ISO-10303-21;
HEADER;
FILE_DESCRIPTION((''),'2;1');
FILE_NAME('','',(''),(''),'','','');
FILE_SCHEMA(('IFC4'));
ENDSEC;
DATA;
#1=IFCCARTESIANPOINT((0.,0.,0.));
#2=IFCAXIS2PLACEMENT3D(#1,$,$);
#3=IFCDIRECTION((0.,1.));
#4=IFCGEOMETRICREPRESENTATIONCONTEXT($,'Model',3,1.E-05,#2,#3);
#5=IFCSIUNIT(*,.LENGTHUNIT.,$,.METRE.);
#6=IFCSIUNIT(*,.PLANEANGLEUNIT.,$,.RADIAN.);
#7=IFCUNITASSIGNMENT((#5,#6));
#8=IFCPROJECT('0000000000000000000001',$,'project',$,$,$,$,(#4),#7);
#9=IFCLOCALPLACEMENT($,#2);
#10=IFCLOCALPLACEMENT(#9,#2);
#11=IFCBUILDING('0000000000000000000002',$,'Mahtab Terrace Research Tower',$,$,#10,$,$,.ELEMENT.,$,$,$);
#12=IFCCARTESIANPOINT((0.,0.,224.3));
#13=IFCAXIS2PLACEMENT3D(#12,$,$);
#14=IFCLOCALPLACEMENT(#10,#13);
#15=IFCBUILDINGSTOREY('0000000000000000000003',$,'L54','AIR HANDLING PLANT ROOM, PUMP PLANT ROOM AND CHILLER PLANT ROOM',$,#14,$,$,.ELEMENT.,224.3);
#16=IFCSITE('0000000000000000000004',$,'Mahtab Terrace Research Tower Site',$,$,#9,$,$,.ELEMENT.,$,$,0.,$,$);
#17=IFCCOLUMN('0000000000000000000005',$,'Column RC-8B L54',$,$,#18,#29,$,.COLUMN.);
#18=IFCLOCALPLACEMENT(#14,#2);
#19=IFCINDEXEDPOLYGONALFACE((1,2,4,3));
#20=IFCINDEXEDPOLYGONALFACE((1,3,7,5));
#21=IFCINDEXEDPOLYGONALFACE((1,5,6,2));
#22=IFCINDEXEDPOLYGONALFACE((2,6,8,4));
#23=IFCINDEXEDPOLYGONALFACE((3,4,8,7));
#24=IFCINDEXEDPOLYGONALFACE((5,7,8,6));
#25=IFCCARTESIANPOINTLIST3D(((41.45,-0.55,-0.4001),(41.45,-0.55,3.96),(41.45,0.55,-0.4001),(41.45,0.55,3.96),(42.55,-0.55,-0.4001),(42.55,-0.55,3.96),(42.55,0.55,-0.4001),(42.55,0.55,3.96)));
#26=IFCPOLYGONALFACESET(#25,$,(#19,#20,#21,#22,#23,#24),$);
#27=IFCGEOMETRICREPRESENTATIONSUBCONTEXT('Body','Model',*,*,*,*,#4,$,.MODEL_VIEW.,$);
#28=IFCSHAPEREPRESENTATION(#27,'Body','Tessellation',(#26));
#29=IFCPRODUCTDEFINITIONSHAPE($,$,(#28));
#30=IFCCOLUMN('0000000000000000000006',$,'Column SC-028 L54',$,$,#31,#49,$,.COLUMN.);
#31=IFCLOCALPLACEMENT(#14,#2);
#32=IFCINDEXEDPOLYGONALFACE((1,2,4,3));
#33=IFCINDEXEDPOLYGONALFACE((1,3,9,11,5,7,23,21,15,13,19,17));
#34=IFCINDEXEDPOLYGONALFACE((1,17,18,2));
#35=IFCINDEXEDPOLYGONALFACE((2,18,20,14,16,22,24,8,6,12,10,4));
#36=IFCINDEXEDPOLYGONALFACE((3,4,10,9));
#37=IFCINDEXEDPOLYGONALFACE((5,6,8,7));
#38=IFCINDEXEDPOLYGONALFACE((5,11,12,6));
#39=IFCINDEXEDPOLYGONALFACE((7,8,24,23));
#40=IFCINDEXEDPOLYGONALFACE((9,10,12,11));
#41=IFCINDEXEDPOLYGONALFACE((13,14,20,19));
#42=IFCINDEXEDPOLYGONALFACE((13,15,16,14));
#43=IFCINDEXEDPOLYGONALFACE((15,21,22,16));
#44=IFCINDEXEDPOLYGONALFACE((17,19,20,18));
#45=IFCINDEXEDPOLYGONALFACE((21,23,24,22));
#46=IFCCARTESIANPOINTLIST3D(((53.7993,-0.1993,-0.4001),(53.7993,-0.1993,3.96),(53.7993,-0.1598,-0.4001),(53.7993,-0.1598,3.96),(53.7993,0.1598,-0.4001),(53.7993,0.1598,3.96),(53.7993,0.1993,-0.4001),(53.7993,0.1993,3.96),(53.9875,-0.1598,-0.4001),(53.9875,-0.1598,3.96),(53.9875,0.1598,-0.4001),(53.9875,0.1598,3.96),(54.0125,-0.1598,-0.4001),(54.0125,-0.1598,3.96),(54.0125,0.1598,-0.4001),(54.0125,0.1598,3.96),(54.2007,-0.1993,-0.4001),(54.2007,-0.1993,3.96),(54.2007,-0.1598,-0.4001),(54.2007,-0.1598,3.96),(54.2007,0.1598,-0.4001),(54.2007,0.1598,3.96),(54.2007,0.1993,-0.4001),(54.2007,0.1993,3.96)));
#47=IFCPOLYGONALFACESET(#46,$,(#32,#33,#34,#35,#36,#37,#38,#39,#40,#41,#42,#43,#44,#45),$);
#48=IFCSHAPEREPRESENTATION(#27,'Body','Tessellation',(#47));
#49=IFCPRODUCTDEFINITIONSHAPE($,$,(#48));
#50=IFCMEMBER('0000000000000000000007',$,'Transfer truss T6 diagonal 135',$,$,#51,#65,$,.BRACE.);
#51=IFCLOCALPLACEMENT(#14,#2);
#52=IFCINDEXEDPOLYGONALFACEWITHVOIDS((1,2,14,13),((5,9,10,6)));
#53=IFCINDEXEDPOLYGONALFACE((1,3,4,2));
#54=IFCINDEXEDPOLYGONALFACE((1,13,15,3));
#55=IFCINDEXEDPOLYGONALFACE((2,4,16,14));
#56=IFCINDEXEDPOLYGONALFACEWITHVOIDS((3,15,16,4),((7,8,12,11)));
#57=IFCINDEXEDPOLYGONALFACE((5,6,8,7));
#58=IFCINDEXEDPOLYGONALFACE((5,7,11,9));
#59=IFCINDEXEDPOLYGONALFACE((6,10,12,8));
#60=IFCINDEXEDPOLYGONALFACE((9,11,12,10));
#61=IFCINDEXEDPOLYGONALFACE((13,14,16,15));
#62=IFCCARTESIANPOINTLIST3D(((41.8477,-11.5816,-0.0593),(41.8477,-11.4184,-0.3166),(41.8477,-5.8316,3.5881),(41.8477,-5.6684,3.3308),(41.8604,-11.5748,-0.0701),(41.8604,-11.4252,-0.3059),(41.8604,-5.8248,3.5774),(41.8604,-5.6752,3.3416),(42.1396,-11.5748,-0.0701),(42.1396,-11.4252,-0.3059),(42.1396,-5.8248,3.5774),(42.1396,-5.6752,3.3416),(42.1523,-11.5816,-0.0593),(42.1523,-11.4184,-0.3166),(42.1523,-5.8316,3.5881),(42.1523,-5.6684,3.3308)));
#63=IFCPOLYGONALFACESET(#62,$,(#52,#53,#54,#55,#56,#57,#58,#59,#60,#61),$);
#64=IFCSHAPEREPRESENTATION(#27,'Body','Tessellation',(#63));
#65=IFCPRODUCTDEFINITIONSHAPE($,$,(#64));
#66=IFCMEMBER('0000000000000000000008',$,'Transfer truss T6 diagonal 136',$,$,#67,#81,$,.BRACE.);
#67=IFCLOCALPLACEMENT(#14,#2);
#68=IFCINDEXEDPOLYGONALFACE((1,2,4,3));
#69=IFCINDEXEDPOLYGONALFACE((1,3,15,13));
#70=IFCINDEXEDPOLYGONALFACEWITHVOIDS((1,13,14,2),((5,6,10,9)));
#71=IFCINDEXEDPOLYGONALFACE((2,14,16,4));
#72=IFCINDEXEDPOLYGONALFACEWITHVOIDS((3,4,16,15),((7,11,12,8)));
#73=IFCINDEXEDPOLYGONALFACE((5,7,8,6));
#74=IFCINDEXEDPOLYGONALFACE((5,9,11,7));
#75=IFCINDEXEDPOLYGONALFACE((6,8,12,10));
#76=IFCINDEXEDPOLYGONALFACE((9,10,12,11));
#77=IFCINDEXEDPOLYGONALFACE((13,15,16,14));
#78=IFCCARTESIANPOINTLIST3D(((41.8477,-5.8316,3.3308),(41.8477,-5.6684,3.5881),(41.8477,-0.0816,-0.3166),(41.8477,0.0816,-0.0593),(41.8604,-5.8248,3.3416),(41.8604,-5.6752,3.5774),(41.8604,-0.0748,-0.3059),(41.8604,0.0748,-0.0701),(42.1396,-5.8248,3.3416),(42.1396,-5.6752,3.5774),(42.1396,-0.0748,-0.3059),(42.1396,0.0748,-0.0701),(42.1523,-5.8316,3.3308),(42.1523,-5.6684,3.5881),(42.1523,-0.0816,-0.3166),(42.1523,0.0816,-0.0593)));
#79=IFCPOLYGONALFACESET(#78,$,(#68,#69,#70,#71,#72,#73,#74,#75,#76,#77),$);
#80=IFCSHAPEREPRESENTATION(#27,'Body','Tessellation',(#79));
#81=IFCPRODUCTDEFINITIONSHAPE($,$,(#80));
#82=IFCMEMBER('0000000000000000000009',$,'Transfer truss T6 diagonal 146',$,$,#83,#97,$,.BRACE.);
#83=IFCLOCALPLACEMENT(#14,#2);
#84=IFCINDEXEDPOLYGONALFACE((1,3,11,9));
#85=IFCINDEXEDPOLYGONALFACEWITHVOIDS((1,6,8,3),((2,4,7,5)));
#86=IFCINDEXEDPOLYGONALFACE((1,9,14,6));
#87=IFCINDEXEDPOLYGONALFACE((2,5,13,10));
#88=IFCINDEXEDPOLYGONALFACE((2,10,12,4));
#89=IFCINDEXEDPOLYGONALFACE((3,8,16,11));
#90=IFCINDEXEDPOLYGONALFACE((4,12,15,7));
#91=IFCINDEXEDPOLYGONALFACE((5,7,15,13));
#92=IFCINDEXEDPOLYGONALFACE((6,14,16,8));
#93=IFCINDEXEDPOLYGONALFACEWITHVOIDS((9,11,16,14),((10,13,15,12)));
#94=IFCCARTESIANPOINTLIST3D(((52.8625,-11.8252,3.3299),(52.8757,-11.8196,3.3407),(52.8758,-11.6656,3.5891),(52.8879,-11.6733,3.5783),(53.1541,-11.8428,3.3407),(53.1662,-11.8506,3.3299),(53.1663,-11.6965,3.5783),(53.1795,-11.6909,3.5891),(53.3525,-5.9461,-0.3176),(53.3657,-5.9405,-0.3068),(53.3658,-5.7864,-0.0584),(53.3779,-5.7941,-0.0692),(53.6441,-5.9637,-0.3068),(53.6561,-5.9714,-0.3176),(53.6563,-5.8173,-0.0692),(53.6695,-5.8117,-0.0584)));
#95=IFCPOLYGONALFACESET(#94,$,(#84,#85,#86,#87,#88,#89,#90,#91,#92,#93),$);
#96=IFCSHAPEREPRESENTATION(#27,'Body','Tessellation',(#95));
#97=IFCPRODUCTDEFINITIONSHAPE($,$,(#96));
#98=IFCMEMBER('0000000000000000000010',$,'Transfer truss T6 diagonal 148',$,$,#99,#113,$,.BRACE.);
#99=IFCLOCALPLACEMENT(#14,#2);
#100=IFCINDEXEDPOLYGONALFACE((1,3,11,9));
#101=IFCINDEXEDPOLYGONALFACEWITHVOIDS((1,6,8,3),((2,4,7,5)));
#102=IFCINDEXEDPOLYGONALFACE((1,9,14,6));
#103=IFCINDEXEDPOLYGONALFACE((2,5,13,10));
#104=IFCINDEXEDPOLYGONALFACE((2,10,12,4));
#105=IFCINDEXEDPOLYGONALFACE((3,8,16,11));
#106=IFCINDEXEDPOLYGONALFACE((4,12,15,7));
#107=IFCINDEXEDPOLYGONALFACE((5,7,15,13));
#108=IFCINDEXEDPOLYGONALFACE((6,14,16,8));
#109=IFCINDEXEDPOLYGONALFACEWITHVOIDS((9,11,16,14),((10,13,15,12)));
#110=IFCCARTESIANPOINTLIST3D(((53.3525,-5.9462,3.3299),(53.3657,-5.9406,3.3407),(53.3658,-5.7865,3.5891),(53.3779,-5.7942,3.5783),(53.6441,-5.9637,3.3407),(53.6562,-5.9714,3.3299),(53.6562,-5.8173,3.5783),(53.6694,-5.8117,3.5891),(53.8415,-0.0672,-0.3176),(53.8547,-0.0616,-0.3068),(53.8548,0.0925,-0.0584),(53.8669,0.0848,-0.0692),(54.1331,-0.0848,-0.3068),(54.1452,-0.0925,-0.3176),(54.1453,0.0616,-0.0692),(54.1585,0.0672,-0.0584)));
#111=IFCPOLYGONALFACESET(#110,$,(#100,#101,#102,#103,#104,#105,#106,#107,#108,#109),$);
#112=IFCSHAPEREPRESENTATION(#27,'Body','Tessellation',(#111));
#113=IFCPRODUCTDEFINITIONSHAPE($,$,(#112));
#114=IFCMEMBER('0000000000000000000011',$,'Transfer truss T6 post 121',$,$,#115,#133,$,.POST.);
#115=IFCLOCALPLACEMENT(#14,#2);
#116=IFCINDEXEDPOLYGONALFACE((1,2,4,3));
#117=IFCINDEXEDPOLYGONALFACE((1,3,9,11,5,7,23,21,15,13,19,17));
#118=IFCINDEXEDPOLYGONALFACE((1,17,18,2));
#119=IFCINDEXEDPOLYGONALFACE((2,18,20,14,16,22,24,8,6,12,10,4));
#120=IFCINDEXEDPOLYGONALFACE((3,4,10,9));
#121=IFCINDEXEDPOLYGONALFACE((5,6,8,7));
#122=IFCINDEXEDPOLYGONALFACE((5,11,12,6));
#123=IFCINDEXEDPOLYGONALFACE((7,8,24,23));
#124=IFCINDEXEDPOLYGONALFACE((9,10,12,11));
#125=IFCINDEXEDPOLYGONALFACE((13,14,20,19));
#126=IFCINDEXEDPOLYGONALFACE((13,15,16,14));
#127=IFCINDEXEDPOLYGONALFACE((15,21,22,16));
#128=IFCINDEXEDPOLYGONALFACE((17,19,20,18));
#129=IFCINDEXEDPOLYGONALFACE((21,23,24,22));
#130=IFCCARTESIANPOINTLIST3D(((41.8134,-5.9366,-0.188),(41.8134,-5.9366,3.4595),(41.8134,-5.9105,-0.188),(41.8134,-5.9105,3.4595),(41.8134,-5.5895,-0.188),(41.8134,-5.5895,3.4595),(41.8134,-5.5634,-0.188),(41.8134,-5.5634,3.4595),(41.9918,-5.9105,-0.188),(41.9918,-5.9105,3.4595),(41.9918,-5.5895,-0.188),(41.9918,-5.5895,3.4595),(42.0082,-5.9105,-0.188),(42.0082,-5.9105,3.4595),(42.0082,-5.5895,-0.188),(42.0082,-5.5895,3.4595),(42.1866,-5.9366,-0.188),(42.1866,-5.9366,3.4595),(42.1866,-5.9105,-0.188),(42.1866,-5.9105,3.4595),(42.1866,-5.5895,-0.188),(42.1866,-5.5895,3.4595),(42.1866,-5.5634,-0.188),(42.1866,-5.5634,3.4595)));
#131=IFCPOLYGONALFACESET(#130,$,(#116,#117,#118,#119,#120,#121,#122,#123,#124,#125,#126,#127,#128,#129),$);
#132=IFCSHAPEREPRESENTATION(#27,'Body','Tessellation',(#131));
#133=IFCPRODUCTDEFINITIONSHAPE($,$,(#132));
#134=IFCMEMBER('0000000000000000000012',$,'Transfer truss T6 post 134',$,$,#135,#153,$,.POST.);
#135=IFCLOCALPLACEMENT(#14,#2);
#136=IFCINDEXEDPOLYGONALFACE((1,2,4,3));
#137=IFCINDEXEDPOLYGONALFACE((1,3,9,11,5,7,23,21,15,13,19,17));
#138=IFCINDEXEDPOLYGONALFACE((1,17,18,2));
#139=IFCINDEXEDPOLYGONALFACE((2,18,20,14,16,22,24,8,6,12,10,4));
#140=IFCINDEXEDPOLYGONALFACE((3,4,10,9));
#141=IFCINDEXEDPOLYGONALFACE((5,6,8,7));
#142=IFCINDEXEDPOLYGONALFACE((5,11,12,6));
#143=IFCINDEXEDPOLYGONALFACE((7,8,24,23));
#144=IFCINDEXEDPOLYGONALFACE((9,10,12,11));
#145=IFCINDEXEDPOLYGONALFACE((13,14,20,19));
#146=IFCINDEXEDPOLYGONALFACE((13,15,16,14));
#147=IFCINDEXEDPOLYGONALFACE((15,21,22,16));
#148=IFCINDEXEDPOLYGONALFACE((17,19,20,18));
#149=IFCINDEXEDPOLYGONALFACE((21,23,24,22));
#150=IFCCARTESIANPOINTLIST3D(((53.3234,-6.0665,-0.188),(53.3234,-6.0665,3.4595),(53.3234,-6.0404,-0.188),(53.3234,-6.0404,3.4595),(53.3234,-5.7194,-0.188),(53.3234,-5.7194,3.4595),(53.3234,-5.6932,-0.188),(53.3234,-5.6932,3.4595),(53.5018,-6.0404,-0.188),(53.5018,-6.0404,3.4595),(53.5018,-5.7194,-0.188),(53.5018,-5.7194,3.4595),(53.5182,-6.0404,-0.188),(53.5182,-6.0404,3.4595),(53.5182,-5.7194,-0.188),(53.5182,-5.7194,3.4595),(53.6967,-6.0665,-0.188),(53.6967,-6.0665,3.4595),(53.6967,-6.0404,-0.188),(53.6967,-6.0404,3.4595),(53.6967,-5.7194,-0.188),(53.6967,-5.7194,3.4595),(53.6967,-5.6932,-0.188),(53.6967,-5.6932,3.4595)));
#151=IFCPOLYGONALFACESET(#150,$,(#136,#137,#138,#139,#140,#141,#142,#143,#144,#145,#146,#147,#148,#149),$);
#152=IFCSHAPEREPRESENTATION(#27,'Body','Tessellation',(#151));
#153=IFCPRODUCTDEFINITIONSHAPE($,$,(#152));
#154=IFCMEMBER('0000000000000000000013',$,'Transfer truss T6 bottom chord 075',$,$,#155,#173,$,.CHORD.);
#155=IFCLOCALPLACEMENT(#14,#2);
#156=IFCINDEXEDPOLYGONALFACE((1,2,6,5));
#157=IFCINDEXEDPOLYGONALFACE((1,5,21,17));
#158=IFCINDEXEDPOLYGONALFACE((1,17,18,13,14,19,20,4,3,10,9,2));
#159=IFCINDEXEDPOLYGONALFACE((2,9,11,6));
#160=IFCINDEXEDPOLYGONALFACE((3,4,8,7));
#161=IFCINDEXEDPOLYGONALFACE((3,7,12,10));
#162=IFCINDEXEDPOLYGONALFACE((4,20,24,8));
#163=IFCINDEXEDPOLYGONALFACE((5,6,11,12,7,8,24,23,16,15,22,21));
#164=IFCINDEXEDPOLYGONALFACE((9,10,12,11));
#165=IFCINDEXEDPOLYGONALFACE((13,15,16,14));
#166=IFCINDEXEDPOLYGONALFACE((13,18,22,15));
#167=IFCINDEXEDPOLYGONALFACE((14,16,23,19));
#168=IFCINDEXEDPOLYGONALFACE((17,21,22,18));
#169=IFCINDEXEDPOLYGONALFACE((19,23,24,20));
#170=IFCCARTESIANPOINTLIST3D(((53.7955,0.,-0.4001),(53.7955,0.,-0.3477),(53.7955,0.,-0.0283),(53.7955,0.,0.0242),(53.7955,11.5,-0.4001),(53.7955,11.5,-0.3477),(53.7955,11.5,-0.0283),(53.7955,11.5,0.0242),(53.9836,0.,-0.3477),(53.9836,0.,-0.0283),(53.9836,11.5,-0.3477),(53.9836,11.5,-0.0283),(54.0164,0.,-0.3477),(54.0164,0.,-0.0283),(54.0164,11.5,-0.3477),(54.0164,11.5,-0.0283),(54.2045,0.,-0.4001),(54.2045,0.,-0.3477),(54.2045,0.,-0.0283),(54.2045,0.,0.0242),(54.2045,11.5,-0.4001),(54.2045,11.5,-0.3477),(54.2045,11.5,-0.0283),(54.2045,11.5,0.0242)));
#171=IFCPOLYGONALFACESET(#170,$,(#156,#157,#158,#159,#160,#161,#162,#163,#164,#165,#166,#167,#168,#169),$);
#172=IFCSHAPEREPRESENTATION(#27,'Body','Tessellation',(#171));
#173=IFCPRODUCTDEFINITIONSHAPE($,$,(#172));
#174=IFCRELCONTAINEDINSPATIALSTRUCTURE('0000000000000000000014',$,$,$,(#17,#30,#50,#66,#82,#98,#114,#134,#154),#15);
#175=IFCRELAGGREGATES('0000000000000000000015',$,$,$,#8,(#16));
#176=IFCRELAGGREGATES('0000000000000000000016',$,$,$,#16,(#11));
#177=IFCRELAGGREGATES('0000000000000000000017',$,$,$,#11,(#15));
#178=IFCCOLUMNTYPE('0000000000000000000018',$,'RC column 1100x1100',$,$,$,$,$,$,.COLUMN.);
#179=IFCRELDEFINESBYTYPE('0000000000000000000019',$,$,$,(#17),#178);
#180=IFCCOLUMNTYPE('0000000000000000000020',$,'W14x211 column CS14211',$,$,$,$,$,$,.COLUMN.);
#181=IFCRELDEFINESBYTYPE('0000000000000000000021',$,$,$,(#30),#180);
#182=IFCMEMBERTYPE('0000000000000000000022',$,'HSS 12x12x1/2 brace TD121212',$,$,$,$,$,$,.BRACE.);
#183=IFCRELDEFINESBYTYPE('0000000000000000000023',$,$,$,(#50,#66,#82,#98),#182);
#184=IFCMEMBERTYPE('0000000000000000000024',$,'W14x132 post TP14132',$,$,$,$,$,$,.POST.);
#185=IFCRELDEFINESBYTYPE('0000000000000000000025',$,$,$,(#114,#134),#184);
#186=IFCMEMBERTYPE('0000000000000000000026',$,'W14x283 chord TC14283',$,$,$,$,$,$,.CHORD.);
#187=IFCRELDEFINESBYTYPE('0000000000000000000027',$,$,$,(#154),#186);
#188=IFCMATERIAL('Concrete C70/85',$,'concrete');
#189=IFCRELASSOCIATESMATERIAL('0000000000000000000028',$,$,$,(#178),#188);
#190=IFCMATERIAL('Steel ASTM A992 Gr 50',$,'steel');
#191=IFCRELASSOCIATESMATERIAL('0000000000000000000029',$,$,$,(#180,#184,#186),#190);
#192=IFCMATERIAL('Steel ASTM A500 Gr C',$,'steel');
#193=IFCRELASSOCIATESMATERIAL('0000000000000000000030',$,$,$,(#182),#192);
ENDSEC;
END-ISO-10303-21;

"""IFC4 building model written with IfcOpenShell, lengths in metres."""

from ifc_helpers import new_model, si_unit, direction, frame, origin, origin_2d, place, context, subcontext, project, spatial, rectangle, hollow_rectangle, i_section, extrude, material, material_profile, profile_set, type_object, element, save


model = new_model("IFC4")

# Units and contexts
model_context = context("Model", 3, precision=1e-05, world=origin(), true_north=direction((0.0, 1.0)))
body_context = subcontext(model_context, "Body", "Model", "MODEL_VIEW")
ifc_project = project(units=[si_unit("LENGTHUNIT", "METRE"), si_unit("PLANEANGLEUNIT", "RADIAN")], contexts=[model_context])

# Site, building, storey
site_placement = place(None, origin())
site = spatial("IfcSite", under=ifc_project, at=site_placement, Name="Mahtab Terrace Research Tower Site", CompositionType="ELEMENT", RefElevation=0.0)
building_placement = place(site_placement, origin())
building = spatial("IfcBuilding", under=site, at=building_placement, Name="Mahtab Terrace Research Tower", CompositionType="ELEMENT")
storey_placement = place(building_placement, frame((0.0, 0.0, 224.3)))
storey = spatial("IfcBuildingStorey", under=building, at=storey_placement, Name="L54", Description="AIR HANDLING PLANT ROOM, PUMP PLANT ROOM AND CHILLER PLANT ROOM", CompositionType="ELEMENT", Elevation=224.3)

# Columns
ifc_material_1 = material(Name="Concrete C70/85", Category="concrete")
ifc_material_profile_1 = material_profile(ifc_material_1, rectangle(XDim=1.1001, YDim=1.1001, at=origin_2d()), Name="RC column 1100x1100")
ifc_profile_set_1 = profile_set([ifc_material_profile_1], Name="Concrete C70/85")
column_type_1 = type_object("IfcColumnType", Name="RC column 1100x1100", PredefinedType="COLUMN", material=ifc_profile_set_1)
column_1_placement = place(storey_placement, frame((42.0, 0.0, -0.4001), z_axis=(0.0, 0.0, 1.0), x_axis=(1.0, 0.0, 0.0)))
element("IfcColumn", 1, at=column_1_placement, inside=storey, type_object=column_type_1, Name="Column RC-8B L54", PredefinedType="COLUMN", context=body_context, shape_type="SweptSolid", body=[
    extrude(rectangle(XDim=1.1001, YDim=1.1001, at=origin_2d()), origin(), (0.0, 0.0, 1.0), 4.3601),
])
ifc_material_2 = material(Name="Steel ASTM A992 Gr 50", Category="steel")
ifc_material_profile_2 = material_profile(ifc_material_2, i_section(OverallWidth=0.4014, OverallDepth=0.3987, WebThickness=0.0249, FlangeThickness=0.0396, at=origin_2d()), Name="W14X211")
ifc_profile_set_2 = profile_set([ifc_material_profile_2], Name="Steel ASTM A992 Gr 50")
column_type_2 = type_object("IfcColumnType", Name="W14x211 column CS14211", PredefinedType="COLUMN", material=ifc_profile_set_2)
column_2_placement = place(storey_placement, frame((54.0, 0.0, -0.4001), z_axis=(0.0, 0.0, 1.0), x_axis=(1.0, 0.0, 0.0)))
element("IfcColumn", 2, at=column_2_placement, inside=storey, type_object=column_type_2, Name="Column SC-028 L54", PredefinedType="COLUMN", context=body_context, shape_type="SweptSolid", body=[
    extrude(i_section(OverallWidth=0.4014, OverallDepth=0.3987, WebThickness=0.0249, FlangeThickness=0.0396, at=origin_2d()), origin(), (0.0, 0.0, 1.0), 4.3601),
])

# Members
ifc_material_3 = material(Name="Steel ASTM A500 Gr C", Category="steel")
ifc_material_profile_3 = material_profile(ifc_material_3, hollow_rectangle(XDim=0.3047, YDim=0.3047, WallThickness=0.0127, at=origin_2d()), Name="HSS12X12X1/2")
ifc_profile_set_3 = profile_set([ifc_material_profile_3], Name="Steel ASTM A500 Gr C")
member_type_1 = type_object("IfcMemberType", Name="HSS 12x12x1/2 brace TD121212", PredefinedType="BRACE", material=ifc_profile_set_3)
for number, where, z_axis, x_axis, name in (
    (3, (42.0, -11.5, -0.188), (0.0, 0.844434, 0.535659), (-1.0, 0.0, 0.0), "Transfer truss T6 diagonal 135"),
    (4, (42.0, 0.0, -0.188), (0.0, -0.844434, 0.535659), (1.0, 0.0, 0.0), "Transfer truss T6 diagonal 136"),
):
    element("IfcMember", number, at=place(storey_placement, frame(where, z_axis=z_axis, x_axis=x_axis)), inside=storey, type_object=member_type_1, Name=name, PredefinedType="BRACE", context=body_context, shape_type="SweptSolid", body=[
        extrude(hollow_rectangle(XDim=0.3047, YDim=0.3047, WallThickness=0.0127, at=origin_2d()), origin(), (0.0, 0.0, 1.0), 6.8093),
    ])
member_1_placement = place(storey_placement, frame((53.511, -5.8789, -0.188), z_axis=(-0.070644, -0.847625, 0.525872), x_axis=(0.996545, -0.083056, 0.0)))
element("IfcMember", 5, at=member_1_placement, inside=storey, type_object=member_type_1, Name="Transfer truss T6 diagonal 146", PredefinedType="BRACE", context=body_context, shape_type="SweptSolid", body=[
    extrude(hollow_rectangle(XDim=0.3047, YDim=0.3047, WallThickness=0.0127, at=origin_2d()), origin(), (0.0, 0.0, 1.0), 6.936),
])
member_2_placement = place(storey_placement, frame((54.0, 0.0, -0.188), z_axis=(-0.070506, -0.847624, 0.525893), x_axis=(0.996558, -0.082895, 0.0)))
element("IfcMember", 6, at=member_2_placement, inside=storey, type_object=member_type_1, Name="Transfer truss T6 diagonal 148", PredefinedType="BRACE", context=body_context, shape_type="SweptSolid", body=[
    extrude(hollow_rectangle(XDim=0.3047, YDim=0.3047, WallThickness=0.0127, at=origin_2d()), origin(), (0.0, 0.0, 1.0), 6.9358),
])
ifc_material_profile_4 = material_profile(ifc_material_2, i_section(OverallWidth=0.3733, OverallDepth=0.3733, WebThickness=0.0164, FlangeThickness=0.0261, at=origin_2d()), Name="W14X132")
ifc_profile_set_4 = profile_set([ifc_material_profile_4], Name="Steel ASTM A992 Gr 50")
member_type_2 = type_object("IfcMemberType", Name="W14x132 post TP14132", PredefinedType="POST", material=ifc_profile_set_4)
for number, where, z_axis, x_axis, name in (
    (7, (42.0, -5.75, -0.188), (0.0, 0.0, 1.0), (1.0, 0.0, 0.0), "Transfer truss T6 post 121"),
    (8, (53.51, -5.8799, -0.188), (0.0, 0.0, 1.0), (1.0, 0.0, 0.0), "Transfer truss T6 post 134"),
):
    element("IfcMember", number, at=place(storey_placement, frame(where, z_axis=z_axis, x_axis=x_axis)), inside=storey, type_object=member_type_2, Name=name, PredefinedType="POST", context=body_context, shape_type="SweptSolid", body=[
        extrude(i_section(OverallWidth=0.3733, OverallDepth=0.3733, WebThickness=0.0164, FlangeThickness=0.0261, at=origin_2d()), origin(), (0.0, 0.0, 1.0), 3.6475),
    ])
ifc_material_profile_5 = material_profile(ifc_material_2, i_section(OverallWidth=0.4089, OverallDepth=0.4243, WebThickness=0.0327, FlangeThickness=0.0525, at=origin_2d()), Name="W14X283")
ifc_profile_set_5 = profile_set([ifc_material_profile_5], Name="Steel ASTM A992 Gr 50")
member_type_3 = type_object("IfcMemberType", Name="W14x283 chord TC14283", PredefinedType="CHORD", material=ifc_profile_set_5)
member_3_placement = place(storey_placement, frame((54.0, 0.0, -0.188), z_axis=(0.0, 1.0, 0.0), x_axis=(-1.0, 0.0, 0.0)))
element("IfcMember", 9, at=member_3_placement, inside=storey, type_object=member_type_3, Name="Transfer truss T6 bottom chord 075", PredefinedType="CHORD", context=body_context, shape_type="SweptSolid", body=[
    extrude(i_section(OverallWidth=0.4089, OverallDepth=0.4243, WebThickness=0.0327, FlangeThickness=0.0525, at=origin_2d()), origin(), (0.0, 0.0, 1.0), 11.5),
])

save(model, "model.ifc")
